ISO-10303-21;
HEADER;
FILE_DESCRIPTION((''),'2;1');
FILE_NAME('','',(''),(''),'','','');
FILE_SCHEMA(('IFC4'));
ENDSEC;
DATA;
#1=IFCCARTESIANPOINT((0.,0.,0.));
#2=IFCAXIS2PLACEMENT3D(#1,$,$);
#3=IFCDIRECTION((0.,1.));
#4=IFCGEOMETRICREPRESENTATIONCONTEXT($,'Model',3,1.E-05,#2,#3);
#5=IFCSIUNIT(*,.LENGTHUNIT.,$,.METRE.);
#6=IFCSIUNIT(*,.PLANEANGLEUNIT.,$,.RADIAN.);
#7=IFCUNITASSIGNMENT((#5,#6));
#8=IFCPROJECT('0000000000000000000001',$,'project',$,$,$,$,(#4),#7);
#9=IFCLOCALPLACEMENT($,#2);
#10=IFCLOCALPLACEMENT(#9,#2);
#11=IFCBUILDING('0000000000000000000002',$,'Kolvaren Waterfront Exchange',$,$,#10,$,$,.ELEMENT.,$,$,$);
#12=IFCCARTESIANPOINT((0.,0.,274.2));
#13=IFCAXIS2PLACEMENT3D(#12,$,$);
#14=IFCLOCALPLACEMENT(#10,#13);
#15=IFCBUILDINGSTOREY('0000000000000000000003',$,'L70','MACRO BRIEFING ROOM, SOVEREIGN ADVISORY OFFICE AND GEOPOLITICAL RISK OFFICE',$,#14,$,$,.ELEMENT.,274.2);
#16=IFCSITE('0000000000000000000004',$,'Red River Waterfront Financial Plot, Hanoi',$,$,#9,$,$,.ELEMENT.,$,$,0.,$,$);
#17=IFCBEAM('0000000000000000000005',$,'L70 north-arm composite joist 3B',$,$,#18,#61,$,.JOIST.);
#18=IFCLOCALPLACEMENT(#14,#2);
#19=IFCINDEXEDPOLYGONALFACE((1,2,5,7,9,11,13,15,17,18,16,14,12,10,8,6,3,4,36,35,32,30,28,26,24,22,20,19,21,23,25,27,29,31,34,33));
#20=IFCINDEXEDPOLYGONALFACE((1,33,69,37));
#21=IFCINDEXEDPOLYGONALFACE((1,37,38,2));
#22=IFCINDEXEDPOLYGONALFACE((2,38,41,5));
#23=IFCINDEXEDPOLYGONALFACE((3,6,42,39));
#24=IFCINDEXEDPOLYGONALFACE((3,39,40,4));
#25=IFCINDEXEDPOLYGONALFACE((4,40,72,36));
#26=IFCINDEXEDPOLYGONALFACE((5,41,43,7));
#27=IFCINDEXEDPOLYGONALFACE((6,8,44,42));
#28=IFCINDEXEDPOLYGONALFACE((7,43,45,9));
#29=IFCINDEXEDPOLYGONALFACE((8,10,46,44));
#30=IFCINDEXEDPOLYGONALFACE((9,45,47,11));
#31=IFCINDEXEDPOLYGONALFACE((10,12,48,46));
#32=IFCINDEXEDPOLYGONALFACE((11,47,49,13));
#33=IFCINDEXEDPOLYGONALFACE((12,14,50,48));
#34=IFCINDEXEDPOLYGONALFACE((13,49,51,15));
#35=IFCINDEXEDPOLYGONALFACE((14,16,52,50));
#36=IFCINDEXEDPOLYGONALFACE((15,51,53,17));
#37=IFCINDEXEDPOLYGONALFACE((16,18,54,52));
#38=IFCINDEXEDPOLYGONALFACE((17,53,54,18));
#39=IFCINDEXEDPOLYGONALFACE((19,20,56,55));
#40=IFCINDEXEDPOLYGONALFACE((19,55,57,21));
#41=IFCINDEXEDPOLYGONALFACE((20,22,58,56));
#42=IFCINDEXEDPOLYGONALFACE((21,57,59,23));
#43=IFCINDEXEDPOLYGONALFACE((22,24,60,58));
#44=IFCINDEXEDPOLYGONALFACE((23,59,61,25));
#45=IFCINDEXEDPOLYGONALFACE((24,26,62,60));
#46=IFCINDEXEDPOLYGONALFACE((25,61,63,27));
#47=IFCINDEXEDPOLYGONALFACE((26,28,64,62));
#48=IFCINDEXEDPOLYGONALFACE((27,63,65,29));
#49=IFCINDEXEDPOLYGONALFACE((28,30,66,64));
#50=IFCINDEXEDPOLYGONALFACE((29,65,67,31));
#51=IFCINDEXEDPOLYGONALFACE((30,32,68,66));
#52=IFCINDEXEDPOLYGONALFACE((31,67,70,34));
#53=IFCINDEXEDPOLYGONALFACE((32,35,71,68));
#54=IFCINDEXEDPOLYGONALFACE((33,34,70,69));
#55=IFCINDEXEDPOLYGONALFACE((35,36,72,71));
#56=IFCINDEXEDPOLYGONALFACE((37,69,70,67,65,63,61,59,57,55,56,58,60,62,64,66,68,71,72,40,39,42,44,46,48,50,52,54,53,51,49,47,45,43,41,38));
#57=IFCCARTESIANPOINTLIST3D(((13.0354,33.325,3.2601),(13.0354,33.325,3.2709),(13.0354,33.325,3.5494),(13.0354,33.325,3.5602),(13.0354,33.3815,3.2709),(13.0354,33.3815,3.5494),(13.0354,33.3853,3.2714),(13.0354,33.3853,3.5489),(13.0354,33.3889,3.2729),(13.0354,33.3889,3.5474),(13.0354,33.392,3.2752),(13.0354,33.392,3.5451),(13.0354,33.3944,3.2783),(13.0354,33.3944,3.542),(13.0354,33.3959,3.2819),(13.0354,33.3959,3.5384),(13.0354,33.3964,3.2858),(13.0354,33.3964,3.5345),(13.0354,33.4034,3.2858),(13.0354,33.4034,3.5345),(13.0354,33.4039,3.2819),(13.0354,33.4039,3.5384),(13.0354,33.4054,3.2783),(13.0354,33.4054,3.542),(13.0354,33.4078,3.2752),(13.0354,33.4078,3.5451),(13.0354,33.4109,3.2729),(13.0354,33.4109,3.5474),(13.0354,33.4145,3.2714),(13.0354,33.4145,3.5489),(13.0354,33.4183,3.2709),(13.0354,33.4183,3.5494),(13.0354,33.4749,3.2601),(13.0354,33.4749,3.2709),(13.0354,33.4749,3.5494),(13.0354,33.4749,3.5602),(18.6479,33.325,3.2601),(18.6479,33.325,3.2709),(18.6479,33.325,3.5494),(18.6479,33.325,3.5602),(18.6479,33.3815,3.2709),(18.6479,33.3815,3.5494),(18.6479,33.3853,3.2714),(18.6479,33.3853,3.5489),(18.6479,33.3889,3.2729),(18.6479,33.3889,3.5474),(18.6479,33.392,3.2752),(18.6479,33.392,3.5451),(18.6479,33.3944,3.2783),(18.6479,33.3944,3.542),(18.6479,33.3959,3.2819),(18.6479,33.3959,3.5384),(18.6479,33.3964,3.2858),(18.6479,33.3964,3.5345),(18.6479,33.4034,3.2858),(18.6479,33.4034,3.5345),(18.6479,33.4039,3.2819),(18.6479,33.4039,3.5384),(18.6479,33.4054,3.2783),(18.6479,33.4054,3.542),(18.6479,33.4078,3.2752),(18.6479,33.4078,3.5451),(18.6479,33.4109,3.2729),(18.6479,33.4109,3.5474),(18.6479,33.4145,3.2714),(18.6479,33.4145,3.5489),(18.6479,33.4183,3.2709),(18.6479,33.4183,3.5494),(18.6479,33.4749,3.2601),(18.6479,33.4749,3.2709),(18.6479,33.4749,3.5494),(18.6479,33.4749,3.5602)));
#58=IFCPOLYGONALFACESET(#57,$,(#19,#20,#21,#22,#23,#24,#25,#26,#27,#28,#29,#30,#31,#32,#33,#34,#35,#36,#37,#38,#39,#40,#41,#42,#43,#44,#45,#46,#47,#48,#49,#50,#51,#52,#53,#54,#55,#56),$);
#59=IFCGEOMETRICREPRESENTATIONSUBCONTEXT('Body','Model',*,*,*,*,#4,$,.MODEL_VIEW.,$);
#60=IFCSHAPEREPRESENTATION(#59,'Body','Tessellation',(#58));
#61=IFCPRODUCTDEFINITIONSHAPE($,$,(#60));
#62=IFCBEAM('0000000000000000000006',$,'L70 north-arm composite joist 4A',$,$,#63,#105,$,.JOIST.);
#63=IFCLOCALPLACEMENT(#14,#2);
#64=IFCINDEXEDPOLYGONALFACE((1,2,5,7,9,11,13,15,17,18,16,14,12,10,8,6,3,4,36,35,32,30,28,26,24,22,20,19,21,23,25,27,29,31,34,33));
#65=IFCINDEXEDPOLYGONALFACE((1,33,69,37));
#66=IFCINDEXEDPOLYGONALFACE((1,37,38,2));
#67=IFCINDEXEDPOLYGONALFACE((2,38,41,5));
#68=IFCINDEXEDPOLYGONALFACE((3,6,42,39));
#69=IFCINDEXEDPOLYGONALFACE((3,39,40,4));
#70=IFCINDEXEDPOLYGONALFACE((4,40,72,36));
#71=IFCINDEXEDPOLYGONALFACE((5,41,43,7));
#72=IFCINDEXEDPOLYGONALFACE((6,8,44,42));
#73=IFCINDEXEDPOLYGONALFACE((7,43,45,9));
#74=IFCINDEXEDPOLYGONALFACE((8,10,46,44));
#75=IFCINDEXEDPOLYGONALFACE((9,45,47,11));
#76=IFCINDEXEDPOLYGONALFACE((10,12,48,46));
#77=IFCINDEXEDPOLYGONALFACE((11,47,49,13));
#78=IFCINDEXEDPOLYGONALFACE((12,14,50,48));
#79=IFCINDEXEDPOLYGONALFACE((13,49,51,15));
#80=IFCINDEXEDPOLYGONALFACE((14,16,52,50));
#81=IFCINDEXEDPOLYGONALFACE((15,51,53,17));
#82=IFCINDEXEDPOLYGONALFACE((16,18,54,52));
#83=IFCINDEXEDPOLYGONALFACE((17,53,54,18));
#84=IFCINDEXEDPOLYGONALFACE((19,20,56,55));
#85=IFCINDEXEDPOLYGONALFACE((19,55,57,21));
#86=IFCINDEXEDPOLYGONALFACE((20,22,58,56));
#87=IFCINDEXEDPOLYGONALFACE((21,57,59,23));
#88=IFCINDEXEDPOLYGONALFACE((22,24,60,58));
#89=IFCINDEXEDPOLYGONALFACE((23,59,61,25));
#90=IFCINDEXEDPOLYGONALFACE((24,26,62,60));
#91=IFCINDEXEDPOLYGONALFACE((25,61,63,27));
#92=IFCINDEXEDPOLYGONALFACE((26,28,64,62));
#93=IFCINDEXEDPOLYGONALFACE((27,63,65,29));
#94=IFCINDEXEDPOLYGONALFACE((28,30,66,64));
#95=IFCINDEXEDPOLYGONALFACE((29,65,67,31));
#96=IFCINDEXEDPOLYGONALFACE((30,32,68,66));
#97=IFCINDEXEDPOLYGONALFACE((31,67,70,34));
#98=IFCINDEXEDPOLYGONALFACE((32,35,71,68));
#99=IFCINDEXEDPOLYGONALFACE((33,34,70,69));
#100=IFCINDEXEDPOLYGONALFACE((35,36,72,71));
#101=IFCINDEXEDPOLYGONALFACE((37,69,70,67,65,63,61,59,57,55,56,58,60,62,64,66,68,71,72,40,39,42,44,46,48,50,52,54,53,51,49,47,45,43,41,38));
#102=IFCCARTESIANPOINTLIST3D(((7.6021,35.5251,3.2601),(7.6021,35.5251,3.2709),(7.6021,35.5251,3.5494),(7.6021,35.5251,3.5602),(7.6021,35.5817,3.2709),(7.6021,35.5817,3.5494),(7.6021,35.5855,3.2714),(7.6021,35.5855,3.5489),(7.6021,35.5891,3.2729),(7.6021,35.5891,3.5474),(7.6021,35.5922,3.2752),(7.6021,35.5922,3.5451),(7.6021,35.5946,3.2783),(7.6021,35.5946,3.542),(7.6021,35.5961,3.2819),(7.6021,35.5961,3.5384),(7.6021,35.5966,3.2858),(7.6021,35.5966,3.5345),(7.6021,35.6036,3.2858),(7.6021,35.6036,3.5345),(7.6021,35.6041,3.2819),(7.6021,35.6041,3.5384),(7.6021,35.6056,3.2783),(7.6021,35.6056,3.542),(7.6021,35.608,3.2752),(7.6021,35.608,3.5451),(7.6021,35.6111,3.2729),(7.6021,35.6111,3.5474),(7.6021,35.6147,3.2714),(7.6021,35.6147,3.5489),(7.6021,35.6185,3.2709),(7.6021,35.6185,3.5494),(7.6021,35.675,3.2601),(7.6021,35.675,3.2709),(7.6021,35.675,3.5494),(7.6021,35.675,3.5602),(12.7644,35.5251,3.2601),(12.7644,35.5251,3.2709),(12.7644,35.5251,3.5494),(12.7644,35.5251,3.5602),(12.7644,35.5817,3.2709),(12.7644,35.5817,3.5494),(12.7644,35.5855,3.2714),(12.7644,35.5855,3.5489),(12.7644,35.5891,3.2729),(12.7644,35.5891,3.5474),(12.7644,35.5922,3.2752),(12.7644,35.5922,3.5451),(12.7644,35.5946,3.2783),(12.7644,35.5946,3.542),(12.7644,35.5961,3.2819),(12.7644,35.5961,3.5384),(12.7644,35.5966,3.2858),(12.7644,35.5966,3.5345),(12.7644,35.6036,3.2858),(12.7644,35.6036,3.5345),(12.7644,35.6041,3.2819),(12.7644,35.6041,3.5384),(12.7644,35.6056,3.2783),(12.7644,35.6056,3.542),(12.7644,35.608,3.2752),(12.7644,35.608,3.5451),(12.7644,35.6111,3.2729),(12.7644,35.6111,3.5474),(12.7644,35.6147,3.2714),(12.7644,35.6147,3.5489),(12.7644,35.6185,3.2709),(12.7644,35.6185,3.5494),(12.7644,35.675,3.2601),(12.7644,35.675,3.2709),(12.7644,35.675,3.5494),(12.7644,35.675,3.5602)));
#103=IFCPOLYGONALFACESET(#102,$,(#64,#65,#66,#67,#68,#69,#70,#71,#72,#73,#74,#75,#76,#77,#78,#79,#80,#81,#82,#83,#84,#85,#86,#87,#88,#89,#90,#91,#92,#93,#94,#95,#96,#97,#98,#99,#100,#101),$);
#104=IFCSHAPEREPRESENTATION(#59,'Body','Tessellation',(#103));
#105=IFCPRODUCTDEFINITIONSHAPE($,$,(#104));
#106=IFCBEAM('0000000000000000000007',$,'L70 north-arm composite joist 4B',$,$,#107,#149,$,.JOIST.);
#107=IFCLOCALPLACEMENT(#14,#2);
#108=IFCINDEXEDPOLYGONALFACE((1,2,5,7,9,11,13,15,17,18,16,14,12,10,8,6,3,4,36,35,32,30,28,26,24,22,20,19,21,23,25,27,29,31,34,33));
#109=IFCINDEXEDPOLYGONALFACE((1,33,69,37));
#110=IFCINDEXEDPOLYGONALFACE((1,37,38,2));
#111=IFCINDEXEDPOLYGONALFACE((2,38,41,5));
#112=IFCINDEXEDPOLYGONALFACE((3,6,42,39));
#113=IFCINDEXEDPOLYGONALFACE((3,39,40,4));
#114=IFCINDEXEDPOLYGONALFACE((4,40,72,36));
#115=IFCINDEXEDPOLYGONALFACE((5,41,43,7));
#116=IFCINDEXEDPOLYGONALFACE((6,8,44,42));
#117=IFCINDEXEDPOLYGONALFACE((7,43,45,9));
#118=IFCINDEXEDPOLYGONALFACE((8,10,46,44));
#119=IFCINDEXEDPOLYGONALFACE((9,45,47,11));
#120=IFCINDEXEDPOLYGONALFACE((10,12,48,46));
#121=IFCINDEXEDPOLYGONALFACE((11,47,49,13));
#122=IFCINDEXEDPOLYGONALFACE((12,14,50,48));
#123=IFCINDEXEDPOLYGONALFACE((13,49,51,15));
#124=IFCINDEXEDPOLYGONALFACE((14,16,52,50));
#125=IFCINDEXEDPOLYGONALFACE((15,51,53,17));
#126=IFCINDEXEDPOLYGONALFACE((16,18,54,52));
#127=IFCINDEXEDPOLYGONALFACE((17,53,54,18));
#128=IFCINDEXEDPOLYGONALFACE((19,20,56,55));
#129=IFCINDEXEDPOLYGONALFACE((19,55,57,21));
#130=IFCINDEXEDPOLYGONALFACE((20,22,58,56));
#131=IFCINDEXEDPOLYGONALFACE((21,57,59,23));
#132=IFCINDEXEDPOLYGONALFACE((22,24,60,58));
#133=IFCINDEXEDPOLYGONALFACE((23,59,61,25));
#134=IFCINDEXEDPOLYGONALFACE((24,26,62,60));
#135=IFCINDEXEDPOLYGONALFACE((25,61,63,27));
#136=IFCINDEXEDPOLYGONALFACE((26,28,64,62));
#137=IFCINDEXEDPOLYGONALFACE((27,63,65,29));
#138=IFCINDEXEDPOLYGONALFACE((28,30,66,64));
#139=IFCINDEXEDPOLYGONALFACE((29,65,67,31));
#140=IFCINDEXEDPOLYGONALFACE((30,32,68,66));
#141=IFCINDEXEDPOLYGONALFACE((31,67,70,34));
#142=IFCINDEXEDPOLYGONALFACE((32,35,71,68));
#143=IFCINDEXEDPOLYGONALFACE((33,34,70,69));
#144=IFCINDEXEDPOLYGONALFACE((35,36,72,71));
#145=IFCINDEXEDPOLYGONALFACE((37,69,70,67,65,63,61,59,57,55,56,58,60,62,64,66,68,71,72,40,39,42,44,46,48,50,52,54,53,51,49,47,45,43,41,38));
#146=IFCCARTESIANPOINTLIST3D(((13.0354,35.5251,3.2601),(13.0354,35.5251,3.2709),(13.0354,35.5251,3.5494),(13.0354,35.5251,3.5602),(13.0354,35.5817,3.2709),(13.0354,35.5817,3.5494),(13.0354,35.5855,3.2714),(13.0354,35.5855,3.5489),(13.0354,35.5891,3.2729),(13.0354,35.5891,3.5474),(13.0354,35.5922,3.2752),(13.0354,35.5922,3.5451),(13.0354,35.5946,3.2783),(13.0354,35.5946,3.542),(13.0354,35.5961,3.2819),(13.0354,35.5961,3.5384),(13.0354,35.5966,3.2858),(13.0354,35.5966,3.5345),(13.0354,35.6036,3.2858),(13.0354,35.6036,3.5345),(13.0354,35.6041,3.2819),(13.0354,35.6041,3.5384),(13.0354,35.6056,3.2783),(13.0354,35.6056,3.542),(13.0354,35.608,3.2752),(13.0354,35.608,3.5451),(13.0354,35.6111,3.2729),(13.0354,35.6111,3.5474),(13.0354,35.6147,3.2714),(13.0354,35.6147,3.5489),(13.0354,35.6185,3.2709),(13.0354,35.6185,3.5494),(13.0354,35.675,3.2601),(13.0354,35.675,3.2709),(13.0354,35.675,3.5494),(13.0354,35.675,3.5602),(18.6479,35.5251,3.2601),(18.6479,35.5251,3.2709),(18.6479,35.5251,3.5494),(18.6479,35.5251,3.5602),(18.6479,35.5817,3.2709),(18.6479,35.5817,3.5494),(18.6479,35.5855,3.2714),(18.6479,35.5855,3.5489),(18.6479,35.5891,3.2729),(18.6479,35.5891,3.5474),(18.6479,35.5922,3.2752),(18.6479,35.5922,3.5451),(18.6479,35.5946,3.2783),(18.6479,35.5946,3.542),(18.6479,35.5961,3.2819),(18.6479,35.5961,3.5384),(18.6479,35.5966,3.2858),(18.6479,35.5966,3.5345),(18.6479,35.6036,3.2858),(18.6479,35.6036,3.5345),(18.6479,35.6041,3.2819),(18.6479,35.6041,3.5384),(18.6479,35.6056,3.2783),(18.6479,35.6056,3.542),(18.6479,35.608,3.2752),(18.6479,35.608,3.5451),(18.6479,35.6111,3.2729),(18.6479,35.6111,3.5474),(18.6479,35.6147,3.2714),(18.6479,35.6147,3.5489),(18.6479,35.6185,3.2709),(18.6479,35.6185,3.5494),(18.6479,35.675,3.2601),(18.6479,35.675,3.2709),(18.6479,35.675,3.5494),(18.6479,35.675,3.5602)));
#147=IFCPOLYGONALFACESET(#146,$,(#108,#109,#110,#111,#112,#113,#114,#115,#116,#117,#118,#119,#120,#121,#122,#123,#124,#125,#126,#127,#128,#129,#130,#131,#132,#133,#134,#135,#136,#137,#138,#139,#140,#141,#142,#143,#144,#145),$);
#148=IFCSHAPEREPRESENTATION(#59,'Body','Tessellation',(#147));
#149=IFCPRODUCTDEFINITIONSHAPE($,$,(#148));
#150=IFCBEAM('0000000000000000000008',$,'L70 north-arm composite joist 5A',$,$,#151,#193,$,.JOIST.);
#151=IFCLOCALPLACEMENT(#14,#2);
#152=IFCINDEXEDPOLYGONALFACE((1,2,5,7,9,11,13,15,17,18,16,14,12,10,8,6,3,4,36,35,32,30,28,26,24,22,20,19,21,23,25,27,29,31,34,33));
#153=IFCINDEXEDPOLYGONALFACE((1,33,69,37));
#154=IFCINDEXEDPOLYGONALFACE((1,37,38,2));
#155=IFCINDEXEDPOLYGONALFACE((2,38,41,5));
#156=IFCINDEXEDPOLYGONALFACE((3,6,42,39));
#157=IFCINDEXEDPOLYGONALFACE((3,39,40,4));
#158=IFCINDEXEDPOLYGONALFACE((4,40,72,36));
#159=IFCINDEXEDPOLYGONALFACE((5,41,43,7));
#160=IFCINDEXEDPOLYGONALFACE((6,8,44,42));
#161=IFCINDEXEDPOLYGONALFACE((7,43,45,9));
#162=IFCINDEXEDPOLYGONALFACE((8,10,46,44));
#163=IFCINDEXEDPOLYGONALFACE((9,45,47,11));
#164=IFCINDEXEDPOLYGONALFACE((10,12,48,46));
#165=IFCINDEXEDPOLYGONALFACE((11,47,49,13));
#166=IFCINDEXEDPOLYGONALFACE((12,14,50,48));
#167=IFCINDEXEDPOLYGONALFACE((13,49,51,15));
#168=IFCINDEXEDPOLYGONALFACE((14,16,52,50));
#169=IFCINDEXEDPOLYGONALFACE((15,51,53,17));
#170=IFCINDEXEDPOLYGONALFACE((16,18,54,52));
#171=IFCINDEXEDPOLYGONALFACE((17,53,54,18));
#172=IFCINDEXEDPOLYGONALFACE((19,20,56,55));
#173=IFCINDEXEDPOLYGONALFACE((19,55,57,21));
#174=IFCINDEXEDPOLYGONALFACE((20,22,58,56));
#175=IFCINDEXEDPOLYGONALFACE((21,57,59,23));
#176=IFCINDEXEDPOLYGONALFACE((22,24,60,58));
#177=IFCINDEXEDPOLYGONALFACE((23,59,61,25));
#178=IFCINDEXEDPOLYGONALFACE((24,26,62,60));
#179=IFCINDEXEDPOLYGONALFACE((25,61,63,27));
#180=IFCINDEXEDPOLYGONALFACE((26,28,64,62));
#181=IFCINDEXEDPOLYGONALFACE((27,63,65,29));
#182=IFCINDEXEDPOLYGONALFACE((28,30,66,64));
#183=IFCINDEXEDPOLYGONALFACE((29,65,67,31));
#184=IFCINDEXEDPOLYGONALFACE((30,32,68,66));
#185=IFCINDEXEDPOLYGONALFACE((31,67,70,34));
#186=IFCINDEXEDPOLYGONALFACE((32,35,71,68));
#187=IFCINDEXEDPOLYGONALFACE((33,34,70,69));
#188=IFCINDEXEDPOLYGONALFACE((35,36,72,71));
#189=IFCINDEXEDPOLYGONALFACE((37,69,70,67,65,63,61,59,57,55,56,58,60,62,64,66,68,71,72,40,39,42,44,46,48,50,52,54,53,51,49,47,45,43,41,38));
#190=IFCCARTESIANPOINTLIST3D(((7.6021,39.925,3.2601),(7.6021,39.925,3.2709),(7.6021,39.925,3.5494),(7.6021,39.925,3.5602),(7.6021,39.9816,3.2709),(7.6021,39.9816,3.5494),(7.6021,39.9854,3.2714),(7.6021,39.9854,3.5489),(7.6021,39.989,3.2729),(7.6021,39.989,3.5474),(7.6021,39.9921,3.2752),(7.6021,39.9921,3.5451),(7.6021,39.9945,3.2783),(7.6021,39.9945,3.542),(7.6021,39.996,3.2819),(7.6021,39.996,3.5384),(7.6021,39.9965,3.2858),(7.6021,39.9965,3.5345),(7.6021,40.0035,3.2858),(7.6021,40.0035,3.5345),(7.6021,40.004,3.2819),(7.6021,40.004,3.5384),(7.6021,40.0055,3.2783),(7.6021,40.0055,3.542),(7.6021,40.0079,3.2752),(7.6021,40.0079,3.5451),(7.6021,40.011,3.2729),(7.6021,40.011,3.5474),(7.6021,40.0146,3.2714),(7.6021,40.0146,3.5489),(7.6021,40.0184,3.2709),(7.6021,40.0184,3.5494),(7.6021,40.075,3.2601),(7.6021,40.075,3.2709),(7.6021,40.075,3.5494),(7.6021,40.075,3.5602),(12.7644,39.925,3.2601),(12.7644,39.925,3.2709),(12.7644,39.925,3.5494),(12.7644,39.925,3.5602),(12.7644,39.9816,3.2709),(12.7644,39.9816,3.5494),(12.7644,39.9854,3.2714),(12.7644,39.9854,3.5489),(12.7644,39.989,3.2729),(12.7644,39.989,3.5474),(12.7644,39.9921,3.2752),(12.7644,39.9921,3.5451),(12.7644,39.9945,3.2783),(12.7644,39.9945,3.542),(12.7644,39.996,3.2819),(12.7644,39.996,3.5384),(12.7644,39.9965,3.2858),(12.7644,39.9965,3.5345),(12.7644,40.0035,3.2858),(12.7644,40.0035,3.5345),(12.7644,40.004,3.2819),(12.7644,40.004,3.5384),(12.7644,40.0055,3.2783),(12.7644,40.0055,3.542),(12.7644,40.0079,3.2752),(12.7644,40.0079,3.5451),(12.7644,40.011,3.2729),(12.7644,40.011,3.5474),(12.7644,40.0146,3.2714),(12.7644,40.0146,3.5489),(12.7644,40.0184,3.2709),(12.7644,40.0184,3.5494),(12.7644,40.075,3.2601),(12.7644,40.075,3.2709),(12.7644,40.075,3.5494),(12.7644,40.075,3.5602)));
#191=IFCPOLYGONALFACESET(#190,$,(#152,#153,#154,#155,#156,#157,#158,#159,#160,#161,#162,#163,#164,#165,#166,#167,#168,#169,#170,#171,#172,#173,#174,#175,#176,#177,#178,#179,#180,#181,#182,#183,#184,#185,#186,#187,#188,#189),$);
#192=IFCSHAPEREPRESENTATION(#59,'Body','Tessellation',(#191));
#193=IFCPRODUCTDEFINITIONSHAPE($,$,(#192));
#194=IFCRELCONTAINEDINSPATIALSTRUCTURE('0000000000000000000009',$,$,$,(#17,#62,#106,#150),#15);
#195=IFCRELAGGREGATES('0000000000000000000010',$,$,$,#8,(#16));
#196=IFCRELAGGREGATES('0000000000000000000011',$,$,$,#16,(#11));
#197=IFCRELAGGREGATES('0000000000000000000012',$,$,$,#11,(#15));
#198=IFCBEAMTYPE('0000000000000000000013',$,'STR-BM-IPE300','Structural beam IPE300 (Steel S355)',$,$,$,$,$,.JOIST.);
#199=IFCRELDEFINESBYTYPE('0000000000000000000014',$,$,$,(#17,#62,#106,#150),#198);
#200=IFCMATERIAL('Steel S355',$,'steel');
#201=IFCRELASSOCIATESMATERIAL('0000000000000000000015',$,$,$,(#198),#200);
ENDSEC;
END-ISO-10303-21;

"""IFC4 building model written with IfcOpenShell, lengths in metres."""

from ifc_helpers import new_model, si_unit, direction, frame, origin, origin_2d, place, context, subcontext, project, spatial, i_section, extrude, material, material_profile, profile_set, type_object, element, save


model = new_model("IFC4")

# Units and contexts
model_context = context("Model", 3, precision=1e-05, world=origin(), true_north=direction((0.0, 1.0)))
body_context = subcontext(model_context, "Body", "Model", "MODEL_VIEW")
ifc_project = project(units=[si_unit("LENGTHUNIT", "METRE"), si_unit("PLANEANGLEUNIT", "RADIAN")], contexts=[model_context])

# Site, building, storey
site_placement = place(None, origin())
site = spatial("IfcSite", under=ifc_project, at=site_placement, Name="Red River Waterfront Financial Plot, Hanoi", CompositionType="ELEMENT", RefElevation=0.0)
building_placement = place(site_placement, origin())
building = spatial("IfcBuilding", under=site, at=building_placement, Name="Kolvaren Waterfront Exchange", CompositionType="ELEMENT")
storey_placement = place(building_placement, frame((0.0, 0.0, 274.2)))
storey = spatial("IfcBuildingStorey", under=building, at=storey_placement, Name="L70", Description="MACRO BRIEFING ROOM, SOVEREIGN ADVISORY OFFICE AND GEOPOLITICAL RISK OFFICE", CompositionType="ELEMENT", Elevation=274.2)

# Beams
ifc_material_1 = material(Name="Steel S355", Category="steel")
ifc_material_profile_1 = material_profile(ifc_material_1, i_section(OverallWidth=0.1499, OverallDepth=0.3, WebThickness=0.0071, FlangeThickness=0.0107, FilletRadius=0.0149, at=origin_2d()), Name="IPE300")
ifc_profile_set_1 = profile_set([ifc_material_profile_1], Name="Steel S355")
beam_type_1 = type_object("IfcBeamType", Name="STR-BM-IPE300", Description="Structural beam IPE300 (Steel S355)", PredefinedType="JOIST", material=ifc_profile_set_1)
beam_1_placement = place(storey_placement, frame((13.0354, 33.3999, 3.4102), z_axis=(1.0, 0.0, 0.0), x_axis=(0.0, 1.0, 0.0)))
element("IfcBeam", 1, at=beam_1_placement, inside=storey, type_object=beam_type_1, Name="L70 north-arm composite joist 3B", PredefinedType="JOIST", context=body_context, shape_type="SweptSolid", body=[
    extrude(i_section(OverallWidth=0.1499, OverallDepth=0.3, WebThickness=0.0071, FlangeThickness=0.0107, FilletRadius=0.0149, at=origin_2d()), origin(), (0.0, 0.0, 1.0), 5.6125),
])
beam_2_placement = place(storey_placement, frame((7.6021, 35.6001, 3.4102), z_axis=(1.0, 0.0, 0.0), x_axis=(0.0, 1.0, 0.0)))
element("IfcBeam", 2, at=beam_2_placement, inside=storey, type_object=beam_type_1, Name="L70 north-arm composite joist 4A", PredefinedType="JOIST", context=body_context, shape_type="SweptSolid", body=[
    extrude(i_section(OverallWidth=0.1499, OverallDepth=0.3, WebThickness=0.0071, FlangeThickness=0.0107, FilletRadius=0.0149, at=origin_2d()), origin(), (0.0, 0.0, 1.0), 5.1624),
])
beam_3_placement = place(storey_placement, frame((13.0354, 35.6001, 3.4102), z_axis=(1.0, 0.0, 0.0), x_axis=(0.0, 1.0, 0.0)))
element("IfcBeam", 3, at=beam_3_placement, inside=storey, type_object=beam_type_1, Name="L70 north-arm composite joist 4B", PredefinedType="JOIST", context=body_context, shape_type="SweptSolid", body=[
    extrude(i_section(OverallWidth=0.1499, OverallDepth=0.3, WebThickness=0.0071, FlangeThickness=0.0107, FilletRadius=0.0149, at=origin_2d()), origin(), (0.0, 0.0, 1.0), 5.6125),
])
beam_4_placement = place(storey_placement, frame((7.6021, 40.0, 3.4102), z_axis=(1.0, 0.0, 0.0), x_axis=(0.0, 1.0, 0.0)))
element("IfcBeam", 4, at=beam_4_placement, inside=storey, type_object=beam_type_1, Name="L70 north-arm composite joist 5A", PredefinedType="JOIST", context=body_context, shape_type="SweptSolid", body=[
    extrude(i_section(OverallWidth=0.1499, OverallDepth=0.3, WebThickness=0.0071, FlangeThickness=0.0107, FilletRadius=0.0149, at=origin_2d()), origin(), (0.0, 0.0, 1.0), 5.1624),
])

save(model, "model.ifc")
